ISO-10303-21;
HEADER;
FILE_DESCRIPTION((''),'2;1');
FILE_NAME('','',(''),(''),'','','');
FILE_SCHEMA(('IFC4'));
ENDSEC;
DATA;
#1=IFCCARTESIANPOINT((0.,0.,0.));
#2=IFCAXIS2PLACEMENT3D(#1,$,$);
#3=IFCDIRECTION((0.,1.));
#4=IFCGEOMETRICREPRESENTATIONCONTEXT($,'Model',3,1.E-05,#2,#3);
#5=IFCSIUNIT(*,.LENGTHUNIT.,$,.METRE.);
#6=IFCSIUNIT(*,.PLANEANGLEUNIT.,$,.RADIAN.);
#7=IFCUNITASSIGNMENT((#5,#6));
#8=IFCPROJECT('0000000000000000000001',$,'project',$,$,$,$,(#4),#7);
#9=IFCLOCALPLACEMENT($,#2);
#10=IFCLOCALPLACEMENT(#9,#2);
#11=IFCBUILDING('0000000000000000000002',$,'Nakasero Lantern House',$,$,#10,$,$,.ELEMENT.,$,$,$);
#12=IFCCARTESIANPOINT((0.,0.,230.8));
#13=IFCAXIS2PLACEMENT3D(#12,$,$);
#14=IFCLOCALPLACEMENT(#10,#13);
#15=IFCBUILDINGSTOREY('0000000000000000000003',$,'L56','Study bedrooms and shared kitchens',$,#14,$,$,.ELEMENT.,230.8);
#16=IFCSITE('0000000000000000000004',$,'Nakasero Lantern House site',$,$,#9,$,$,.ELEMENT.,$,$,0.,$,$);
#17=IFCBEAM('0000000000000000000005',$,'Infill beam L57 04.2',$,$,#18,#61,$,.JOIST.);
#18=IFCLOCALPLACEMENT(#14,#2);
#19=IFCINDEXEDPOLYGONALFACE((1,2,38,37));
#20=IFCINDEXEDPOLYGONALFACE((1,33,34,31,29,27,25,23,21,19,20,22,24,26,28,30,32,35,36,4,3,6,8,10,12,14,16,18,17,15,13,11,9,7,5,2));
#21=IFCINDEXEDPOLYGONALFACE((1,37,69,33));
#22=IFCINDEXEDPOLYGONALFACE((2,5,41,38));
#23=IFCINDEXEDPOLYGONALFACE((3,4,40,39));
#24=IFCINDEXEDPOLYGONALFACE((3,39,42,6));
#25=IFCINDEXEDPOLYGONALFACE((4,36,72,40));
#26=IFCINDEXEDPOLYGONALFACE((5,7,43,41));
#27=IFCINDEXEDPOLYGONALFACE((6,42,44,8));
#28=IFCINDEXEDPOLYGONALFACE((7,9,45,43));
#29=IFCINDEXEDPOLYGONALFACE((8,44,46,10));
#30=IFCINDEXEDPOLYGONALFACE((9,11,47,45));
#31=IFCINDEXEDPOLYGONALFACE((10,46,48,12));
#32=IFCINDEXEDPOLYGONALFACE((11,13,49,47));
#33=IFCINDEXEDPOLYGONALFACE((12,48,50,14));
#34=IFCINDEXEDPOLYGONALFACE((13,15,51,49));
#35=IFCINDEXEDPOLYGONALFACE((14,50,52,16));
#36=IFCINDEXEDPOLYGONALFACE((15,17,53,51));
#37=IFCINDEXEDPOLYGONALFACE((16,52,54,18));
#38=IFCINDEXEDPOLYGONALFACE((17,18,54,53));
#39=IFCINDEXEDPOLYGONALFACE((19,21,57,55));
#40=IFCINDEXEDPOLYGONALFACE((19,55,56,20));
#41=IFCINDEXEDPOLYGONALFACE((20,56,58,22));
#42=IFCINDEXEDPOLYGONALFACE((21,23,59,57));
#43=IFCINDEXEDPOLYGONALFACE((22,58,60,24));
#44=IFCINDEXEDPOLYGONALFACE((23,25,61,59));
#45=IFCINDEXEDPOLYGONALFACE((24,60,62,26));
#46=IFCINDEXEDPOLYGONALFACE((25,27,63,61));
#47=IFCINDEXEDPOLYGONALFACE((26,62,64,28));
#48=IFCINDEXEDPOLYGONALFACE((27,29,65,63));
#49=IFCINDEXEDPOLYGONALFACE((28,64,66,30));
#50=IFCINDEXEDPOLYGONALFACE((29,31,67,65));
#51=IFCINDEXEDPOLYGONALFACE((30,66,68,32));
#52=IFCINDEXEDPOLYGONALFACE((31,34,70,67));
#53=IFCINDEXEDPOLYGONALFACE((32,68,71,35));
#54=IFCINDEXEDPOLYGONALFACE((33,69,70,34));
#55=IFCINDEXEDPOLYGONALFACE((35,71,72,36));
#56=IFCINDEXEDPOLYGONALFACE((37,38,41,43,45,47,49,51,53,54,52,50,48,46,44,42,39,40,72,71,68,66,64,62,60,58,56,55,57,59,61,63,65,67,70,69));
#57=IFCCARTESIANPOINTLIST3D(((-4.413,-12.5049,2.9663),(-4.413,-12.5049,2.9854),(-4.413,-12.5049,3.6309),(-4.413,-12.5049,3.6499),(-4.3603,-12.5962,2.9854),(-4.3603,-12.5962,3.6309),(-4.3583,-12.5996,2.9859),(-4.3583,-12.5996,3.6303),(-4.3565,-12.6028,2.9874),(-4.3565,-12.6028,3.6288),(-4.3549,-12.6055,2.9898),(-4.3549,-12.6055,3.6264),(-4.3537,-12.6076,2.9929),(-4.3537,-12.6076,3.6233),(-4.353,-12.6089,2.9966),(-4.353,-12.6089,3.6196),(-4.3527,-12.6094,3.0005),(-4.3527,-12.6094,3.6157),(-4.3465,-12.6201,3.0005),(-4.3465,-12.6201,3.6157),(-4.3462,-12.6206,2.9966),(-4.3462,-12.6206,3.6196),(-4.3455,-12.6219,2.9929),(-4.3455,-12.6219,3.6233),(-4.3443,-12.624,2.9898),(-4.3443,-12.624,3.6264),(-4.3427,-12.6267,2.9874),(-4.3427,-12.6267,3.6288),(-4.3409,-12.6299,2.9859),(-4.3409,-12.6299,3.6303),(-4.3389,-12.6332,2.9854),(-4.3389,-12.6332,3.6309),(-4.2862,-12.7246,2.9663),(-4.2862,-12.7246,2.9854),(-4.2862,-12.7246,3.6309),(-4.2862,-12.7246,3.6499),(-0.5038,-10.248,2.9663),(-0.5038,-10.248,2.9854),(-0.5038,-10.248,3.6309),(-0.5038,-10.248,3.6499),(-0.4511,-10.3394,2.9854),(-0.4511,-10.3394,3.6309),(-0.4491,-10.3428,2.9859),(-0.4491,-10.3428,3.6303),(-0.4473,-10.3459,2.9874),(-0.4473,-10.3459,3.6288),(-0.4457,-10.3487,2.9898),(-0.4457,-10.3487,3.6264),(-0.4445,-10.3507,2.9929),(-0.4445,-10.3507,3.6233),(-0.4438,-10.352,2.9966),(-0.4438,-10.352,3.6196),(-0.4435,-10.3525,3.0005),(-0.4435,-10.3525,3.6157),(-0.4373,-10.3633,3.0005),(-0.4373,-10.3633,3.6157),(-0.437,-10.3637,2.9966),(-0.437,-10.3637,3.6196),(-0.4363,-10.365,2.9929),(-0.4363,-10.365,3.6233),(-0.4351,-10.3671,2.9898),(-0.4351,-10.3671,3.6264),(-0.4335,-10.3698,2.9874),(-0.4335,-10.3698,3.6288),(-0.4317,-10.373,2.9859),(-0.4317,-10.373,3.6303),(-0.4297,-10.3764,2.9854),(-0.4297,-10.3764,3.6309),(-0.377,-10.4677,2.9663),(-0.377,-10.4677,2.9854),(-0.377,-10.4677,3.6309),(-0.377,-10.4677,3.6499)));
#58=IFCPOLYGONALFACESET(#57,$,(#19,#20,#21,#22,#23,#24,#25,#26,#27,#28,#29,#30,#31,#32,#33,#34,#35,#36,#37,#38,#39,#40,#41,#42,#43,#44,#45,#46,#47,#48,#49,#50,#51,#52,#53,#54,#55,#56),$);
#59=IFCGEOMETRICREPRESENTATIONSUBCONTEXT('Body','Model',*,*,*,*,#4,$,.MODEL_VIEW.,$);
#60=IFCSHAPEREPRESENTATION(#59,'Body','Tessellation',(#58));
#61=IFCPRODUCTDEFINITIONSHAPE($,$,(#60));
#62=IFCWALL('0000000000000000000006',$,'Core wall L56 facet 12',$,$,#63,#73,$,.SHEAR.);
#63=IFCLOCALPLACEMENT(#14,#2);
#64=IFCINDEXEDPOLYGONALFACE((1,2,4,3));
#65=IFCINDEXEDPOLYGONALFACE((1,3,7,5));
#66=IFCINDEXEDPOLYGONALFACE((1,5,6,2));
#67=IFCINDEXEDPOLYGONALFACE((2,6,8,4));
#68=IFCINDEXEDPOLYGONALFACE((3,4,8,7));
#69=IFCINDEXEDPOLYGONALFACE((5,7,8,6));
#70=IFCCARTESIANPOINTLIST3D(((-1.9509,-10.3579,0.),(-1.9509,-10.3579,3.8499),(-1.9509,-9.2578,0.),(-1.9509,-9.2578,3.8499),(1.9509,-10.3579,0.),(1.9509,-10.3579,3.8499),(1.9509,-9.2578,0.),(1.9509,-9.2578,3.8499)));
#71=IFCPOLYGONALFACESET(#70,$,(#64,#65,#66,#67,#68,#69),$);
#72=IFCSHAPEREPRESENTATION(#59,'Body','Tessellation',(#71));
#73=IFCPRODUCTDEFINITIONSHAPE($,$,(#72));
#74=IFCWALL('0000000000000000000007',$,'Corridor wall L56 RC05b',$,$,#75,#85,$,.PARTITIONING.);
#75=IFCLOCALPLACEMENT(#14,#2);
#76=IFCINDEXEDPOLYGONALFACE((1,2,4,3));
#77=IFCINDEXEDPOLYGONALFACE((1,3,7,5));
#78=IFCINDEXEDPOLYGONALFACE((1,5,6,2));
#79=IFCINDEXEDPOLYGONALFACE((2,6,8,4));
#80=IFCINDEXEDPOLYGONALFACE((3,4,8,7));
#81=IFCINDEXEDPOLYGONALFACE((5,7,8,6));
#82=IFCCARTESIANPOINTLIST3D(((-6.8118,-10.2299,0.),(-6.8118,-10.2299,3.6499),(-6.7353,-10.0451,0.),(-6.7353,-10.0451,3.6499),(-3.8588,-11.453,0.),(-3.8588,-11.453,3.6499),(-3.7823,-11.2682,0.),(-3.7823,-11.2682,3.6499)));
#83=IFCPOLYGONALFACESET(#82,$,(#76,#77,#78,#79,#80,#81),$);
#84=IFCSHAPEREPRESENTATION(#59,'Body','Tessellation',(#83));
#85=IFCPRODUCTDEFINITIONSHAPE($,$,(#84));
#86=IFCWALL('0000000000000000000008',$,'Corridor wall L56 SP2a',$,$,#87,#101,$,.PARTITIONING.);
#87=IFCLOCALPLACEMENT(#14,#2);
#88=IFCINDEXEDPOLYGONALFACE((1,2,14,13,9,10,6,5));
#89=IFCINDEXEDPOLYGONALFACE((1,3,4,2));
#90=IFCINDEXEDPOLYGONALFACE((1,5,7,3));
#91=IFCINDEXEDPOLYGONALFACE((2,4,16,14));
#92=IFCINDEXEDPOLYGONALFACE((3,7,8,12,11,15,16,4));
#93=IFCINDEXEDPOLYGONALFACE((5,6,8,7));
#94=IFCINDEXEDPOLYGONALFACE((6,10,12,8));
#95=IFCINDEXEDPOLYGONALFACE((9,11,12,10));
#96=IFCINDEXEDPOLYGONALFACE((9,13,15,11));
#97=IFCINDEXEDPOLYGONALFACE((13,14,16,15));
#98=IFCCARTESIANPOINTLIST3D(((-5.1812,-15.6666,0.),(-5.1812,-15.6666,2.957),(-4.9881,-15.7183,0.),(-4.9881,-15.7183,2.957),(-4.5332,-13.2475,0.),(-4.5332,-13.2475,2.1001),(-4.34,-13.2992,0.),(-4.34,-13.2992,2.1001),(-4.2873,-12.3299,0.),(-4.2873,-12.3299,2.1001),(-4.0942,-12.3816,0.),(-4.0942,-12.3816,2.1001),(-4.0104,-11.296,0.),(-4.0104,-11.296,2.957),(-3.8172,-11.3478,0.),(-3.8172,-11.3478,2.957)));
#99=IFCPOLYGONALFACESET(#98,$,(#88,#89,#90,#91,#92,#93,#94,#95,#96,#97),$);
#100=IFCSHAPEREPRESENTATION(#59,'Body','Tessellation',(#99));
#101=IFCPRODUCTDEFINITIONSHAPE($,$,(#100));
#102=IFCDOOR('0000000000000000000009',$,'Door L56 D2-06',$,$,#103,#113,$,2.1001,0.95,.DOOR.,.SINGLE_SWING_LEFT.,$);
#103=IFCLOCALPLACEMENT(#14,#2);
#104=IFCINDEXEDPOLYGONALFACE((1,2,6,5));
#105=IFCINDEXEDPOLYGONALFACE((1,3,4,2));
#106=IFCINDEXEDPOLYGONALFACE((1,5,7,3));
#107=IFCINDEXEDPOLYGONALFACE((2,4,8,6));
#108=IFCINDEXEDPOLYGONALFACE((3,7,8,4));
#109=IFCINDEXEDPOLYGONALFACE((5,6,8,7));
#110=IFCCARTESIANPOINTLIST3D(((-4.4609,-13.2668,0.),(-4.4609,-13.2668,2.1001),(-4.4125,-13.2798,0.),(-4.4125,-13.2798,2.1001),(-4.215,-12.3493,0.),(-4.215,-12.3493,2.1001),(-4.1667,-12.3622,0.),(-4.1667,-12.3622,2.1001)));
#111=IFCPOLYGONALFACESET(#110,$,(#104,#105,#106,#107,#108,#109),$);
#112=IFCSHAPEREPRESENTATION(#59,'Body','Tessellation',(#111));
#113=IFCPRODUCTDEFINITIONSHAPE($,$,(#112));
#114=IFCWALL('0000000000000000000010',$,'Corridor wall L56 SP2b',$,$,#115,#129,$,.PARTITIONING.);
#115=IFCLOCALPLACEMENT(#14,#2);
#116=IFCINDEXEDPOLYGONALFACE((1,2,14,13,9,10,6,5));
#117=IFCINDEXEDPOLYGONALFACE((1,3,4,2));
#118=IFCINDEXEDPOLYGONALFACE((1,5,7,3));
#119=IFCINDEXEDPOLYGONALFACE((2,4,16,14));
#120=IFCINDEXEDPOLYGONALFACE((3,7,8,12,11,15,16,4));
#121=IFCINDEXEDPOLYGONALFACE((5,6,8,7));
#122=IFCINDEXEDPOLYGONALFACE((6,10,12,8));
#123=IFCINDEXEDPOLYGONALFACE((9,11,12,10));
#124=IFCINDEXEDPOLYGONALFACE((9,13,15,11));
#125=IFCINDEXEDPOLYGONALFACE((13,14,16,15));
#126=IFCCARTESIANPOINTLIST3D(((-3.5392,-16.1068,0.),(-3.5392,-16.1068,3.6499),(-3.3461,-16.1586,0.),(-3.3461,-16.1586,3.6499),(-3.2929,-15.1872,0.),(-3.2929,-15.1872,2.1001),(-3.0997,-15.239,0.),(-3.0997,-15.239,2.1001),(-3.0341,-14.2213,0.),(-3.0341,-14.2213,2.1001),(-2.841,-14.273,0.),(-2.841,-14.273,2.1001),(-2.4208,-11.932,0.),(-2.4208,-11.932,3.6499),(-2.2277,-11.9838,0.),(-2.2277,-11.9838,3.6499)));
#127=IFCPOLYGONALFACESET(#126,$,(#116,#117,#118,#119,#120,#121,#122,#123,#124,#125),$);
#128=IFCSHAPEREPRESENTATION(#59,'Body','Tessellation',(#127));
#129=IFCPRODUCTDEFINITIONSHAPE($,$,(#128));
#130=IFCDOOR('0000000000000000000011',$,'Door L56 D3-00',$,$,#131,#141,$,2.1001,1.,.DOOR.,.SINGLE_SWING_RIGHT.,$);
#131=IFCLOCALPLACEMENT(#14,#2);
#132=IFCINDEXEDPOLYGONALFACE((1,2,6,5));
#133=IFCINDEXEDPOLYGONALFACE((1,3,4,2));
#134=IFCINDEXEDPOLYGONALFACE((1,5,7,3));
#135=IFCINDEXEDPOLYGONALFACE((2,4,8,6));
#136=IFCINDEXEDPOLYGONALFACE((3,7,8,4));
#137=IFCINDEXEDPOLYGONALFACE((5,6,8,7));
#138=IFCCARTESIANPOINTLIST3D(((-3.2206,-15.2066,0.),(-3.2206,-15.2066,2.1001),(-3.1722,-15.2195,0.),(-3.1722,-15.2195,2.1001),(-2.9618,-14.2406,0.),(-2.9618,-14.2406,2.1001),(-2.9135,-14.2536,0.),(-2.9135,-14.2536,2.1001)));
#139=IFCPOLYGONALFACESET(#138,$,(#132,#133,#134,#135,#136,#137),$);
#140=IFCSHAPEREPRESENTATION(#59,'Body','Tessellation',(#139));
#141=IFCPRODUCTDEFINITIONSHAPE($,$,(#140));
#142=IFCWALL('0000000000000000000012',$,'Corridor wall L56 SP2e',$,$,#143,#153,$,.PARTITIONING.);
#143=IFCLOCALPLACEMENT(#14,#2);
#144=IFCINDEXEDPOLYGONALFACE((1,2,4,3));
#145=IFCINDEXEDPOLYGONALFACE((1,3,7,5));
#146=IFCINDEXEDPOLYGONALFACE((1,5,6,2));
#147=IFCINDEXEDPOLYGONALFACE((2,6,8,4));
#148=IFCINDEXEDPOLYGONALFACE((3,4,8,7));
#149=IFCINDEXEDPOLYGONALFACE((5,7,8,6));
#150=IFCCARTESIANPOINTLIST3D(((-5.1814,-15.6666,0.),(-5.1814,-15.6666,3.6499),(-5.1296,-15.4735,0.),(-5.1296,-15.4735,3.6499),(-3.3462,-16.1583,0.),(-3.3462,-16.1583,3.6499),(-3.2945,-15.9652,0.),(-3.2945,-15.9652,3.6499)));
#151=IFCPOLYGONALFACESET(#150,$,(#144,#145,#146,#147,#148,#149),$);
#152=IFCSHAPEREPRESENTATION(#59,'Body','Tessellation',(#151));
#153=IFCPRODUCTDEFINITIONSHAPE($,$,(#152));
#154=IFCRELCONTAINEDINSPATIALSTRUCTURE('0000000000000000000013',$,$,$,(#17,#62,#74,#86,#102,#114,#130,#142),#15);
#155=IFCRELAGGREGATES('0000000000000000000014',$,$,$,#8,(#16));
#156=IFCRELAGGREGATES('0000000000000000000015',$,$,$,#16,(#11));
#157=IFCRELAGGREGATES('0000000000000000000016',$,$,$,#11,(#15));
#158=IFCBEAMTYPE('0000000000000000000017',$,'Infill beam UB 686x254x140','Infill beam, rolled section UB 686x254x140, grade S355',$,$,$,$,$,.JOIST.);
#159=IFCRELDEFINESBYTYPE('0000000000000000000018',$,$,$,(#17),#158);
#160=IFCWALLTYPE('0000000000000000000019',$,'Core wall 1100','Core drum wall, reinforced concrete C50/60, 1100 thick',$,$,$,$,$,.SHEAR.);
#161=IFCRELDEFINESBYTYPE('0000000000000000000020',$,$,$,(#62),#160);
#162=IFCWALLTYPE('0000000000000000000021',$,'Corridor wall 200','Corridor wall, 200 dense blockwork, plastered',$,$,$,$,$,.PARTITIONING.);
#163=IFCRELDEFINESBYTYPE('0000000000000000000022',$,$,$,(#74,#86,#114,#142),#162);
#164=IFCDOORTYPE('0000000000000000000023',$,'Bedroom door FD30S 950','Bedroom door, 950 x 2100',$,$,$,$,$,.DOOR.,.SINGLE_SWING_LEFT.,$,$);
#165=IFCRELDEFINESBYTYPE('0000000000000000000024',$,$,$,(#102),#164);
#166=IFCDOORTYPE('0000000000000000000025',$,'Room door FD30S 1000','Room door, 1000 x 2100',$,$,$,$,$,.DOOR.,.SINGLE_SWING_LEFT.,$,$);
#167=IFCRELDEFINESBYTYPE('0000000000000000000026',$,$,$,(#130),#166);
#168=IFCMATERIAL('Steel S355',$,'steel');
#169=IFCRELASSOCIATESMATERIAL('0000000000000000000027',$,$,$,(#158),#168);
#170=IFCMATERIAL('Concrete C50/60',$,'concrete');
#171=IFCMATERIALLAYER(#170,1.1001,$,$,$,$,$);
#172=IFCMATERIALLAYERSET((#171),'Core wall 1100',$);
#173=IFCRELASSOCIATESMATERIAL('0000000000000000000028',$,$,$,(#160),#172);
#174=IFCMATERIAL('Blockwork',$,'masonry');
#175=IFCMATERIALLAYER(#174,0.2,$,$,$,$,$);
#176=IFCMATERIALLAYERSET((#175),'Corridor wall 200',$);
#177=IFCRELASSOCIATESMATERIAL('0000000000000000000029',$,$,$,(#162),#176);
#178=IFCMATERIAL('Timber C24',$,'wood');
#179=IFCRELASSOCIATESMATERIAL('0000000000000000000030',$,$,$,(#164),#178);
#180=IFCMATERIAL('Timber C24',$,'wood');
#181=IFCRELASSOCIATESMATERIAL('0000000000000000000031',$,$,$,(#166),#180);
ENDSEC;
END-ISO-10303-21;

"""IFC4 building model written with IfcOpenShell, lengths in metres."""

from ifc_helpers import new_model, si_unit, direction, frame, frame_2d, origin, origin_2d, place, context, subcontext, project, spatial, rectangle, i_section, extrude, material, layer, layer_set, material_profile, profile_set, type_object, element, fill, save


model = new_model("IFC4")

# Units and contexts
model_context = context("Model", 3, precision=1e-05, world=origin(), true_north=direction((0.0, 1.0)))
body_context = subcontext(model_context, "Body", "Model", "MODEL_VIEW")
ifc_project = project(units=[si_unit("LENGTHUNIT", "METRE"), si_unit("PLANEANGLEUNIT", "RADIAN")], contexts=[model_context])

# Site, building, storey
site_placement = place(None, origin())
site = spatial("IfcSite", under=ifc_project, at=site_placement, Name="Nakasero Lantern House site", CompositionType="ELEMENT", RefElevation=0.0)
building_placement = place(site_placement, origin())
building = spatial("IfcBuilding", under=site, at=building_placement, Name="Nakasero Lantern House", CompositionType="ELEMENT")
storey_placement = place(building_placement, frame((0.0, 0.0, 230.8)))
storey = spatial("IfcBuildingStorey", under=building, at=storey_placement, Name="L56", Description="Study bedrooms and shared kitchens", CompositionType="ELEMENT", Elevation=230.8)

# Beam
ifc_material_1 = material(Name="Steel S355", Category="steel")
ifc_material_profile = material_profile(ifc_material_1, i_section(OverallWidth=0.2537, OverallDepth=0.6836, WebThickness=0.0125, FlangeThickness=0.019, FilletRadius=0.0151, at=origin_2d()), Name="UB 686x254x140")
ifc_profile_set = profile_set([ifc_material_profile], Name="Steel S355")
beam_type = type_object("IfcBeamType", Name="Infill beam UB 686x254x140", Description="Infill beam, rolled section UB 686x254x140, grade S355", PredefinedType="JOIST", material=ifc_profile_set)
beam_placement = place(storey_placement, frame((-4.3496, -12.6147, 3.3081), z_axis=(0.866038, 0.499978, 0.0), x_axis=(-0.499978, 0.866038, 0.0)))
element("IfcBeam", 1, at=beam_placement, inside=storey, type_object=beam_type, Name="Infill beam L57 04.2", PredefinedType="JOIST", context=body_context, shape_type="SweptSolid", body=[
    extrude(i_section(OverallWidth=0.2537, OverallDepth=0.6836, WebThickness=0.0125, FlangeThickness=0.019, FilletRadius=0.0151, at=origin_2d()), origin(), (0.0, 0.0, 1.0), 4.5139),
])

# Walls
ifc_material_2 = material(Name="Concrete C50/60", Category="concrete")
ifc_layer_1 = layer(ifc_material_2, 1.1001)
ifc_layer_set_1 = layer_set([ifc_layer_1], Name="Core wall 1100")
wall_type_1 = type_object("IfcWallType", Name="Core wall 1100", Description="Core drum wall, reinforced concrete C50/60, 1100 thick", PredefinedType="SHEAR", material=ifc_layer_set_1)
wall_1_placement = place(storey_placement, frame((-1.9509, -9.8079, 0.0), z_axis=(0.0, 0.0, 1.0), x_axis=(1.0, 0.0, 0.0)))
element("IfcWall", 2, at=wall_1_placement, inside=storey, type_object=wall_type_1, Name="Core wall L56 facet 12", PredefinedType="SHEAR", context=body_context, shape_type="SweptSolid", body=[
    extrude(rectangle(XDim=3.9019, YDim=1.1001, at=frame_2d((1.9509, 0.0))), origin(), (0.0, 0.0, 1.0), 3.8499),
])
ifc_material_3 = material(Name="Blockwork", Category="masonry")
ifc_layer_2 = layer(ifc_material_3, 0.2)
ifc_layer_set_2 = layer_set([ifc_layer_2], Name="Corridor wall 200")
wall_type_2 = type_object("IfcWallType", Name="Corridor wall 200", Description="Corridor wall, 200 dense blockwork, plastered", PredefinedType="PARTITIONING", material=ifc_layer_set_2)
wall_2_placement = place(storey_placement, frame((-3.8206, -11.3606, 0.0), z_axis=(0.0, 0.0, 1.0), x_axis=(-0.923888, 0.382662, 0.0)))
element("IfcWall", 3, at=wall_2_placement, inside=storey, type_object=wall_type_2, Name="Corridor wall L56 RC05b", PredefinedType="PARTITIONING", context=body_context, shape_type="SweptSolid", body=[
    extrude(rectangle(XDim=3.1963, YDim=0.2, at=frame_2d((1.5981, 0.0))), origin(), (0.0, 0.0, 1.0), 3.6499),
])

# Walls, openings, doors
wall_3_placement = place(storey_placement, frame((-3.9138, -11.322, 0.0), z_axis=(0.0, 0.0, 1.0), x_axis=(-0.258777, -0.965937, 0.0)))
wall_3 = element("IfcWall", 4, at=wall_3_placement, inside=storey, type_object=wall_type_2, Name="Corridor wall L56 SP2a", PredefinedType="PARTITIONING", context=body_context, shape_type="SweptSolid", body=[
    extrude(rectangle(XDim=4.5247, YDim=0.2, at=frame_2d((2.2622, 0.0))), origin(), (0.0, 0.0, 1.0), 2.957),
])
opening_1_placement = place(wall_3_placement, frame((1.0701, 0.0, 0.0)))
opening_1 = element("IfcOpeningElement", 5, at=opening_1_placement, cuts=wall_3, PredefinedType="OPENING", context=body_context, shape_type="SweptSolid", body=[
    extrude(rectangle(XDim=0.95, YDim=2.1001, at=frame_2d((0.4751, 1.05))), frame((0.0, 0.1199, 0.0), z_axis=(0.0, -1.0, 0.0), x_axis=(1.0, 0.0, 0.0)), (0.0, 0.0, 1.0), 0.24),
])
ifc_material_4 = material(Name="Timber C24", Category="wood")
door_type_1 = type_object("IfcDoorType", Name="Bedroom door FD30S 950", Description="Bedroom door, 950 x 2100", OperationType="SINGLE_SWING_LEFT", PredefinedType="DOOR", material=ifc_material_4)
door_1_placement = place(opening_1_placement, origin())
door_1 = element("IfcDoor", 6, at=door_1_placement, inside=storey, type_object=door_type_1, Name="Door L56 D2-06", OperationType="SINGLE_SWING_LEFT", OverallHeight=2.1001, OverallWidth=0.95, PredefinedType="DOOR", context=body_context, shape_type="SweptSolid", body=[
    extrude(rectangle(XDim=0.95, YDim=2.1001, at=frame_2d((0.4751, 1.05))), frame((0.0, 0.0249, 0.0), z_axis=(0.0, -1.0, 0.0), x_axis=(1.0, 0.0, 0.0)), (0.0, 0.0, 1.0), 0.05),
])
fill(opening_1, door_1)
wall_4_placement = place(storey_placement, frame((-2.3242, -11.9578, 0.0), z_axis=(0.0, 0.0, 1.0), x_axis=(-0.25877, -0.965939, 0.0)))
wall_4 = element("IfcWall", 7, at=wall_4_placement, inside=storey, type_object=wall_type_2, Name="Corridor wall L56 SP2b", PredefinedType="PARTITIONING", context=body_context, shape_type="SweptSolid", body=[
    extrude(rectangle(XDim=4.322, YDim=0.2, at=frame_2d((2.1611, 0.0))), origin(), (0.0, 0.0, 1.0), 3.6499),
])
opening_2_placement = place(wall_4_placement, frame((2.3701, 0.0, 0.0)))
opening_2 = element("IfcOpeningElement", 8, at=opening_2_placement, cuts=wall_4, PredefinedType="OPENING", context=body_context, shape_type="SweptSolid", body=[
    extrude(rectangle(XDim=1.0, YDim=2.1001, at=frame_2d((0.5, 1.05))), frame((0.0, 0.1199, 0.0), z_axis=(0.0, -1.0, 0.0), x_axis=(1.0, 0.0, 0.0)), (0.0, 0.0, 1.0), 0.24),
])
ifc_material_5 = material(Name="Timber C24", Category="wood")
door_type_2 = type_object("IfcDoorType", Name="Room door FD30S 1000", Description="Room door, 1000 x 2100", OperationType="SINGLE_SWING_LEFT", PredefinedType="DOOR", material=ifc_material_5)
door_2_placement = place(opening_2_placement, origin())
door_2 = element("IfcDoor", 9, at=door_2_placement, inside=storey, type_object=door_type_2, Name="Door L56 D3-00", OperationType="SINGLE_SWING_RIGHT", OverallHeight=2.1001, OverallWidth=1.0, PredefinedType="DOOR", context=body_context, shape_type="SweptSolid", body=[
    extrude(rectangle(XDim=1.0, YDim=2.1001, at=frame_2d((0.5, 1.05))), frame((0.0, 0.0249, 0.0), z_axis=(0.0, -1.0, 0.0), x_axis=(1.0, 0.0, 0.0)), (0.0, 0.0, 1.0), 0.05),
])
fill(opening_2, door_2)

# Wall
wall_5_placement = place(storey_placement, frame((-5.1555, -15.5701, 0.0), z_axis=(0.0, 0.0, 1.0), x_axis=(0.965931, -0.258798, 0.0)))
element("IfcWall", 10, at=wall_5_placement, inside=storey, type_object=wall_type_2, Name="Corridor wall L56 SP2e", PredefinedType="PARTITIONING", context=body_context, shape_type="SweptSolid", body=[
    extrude(rectangle(XDim=1.8999, YDim=0.2, at=frame_2d((0.95, 0.0))), origin(), (0.0, 0.0, 1.0), 3.6499),
])

save(model, "model.ifc")
